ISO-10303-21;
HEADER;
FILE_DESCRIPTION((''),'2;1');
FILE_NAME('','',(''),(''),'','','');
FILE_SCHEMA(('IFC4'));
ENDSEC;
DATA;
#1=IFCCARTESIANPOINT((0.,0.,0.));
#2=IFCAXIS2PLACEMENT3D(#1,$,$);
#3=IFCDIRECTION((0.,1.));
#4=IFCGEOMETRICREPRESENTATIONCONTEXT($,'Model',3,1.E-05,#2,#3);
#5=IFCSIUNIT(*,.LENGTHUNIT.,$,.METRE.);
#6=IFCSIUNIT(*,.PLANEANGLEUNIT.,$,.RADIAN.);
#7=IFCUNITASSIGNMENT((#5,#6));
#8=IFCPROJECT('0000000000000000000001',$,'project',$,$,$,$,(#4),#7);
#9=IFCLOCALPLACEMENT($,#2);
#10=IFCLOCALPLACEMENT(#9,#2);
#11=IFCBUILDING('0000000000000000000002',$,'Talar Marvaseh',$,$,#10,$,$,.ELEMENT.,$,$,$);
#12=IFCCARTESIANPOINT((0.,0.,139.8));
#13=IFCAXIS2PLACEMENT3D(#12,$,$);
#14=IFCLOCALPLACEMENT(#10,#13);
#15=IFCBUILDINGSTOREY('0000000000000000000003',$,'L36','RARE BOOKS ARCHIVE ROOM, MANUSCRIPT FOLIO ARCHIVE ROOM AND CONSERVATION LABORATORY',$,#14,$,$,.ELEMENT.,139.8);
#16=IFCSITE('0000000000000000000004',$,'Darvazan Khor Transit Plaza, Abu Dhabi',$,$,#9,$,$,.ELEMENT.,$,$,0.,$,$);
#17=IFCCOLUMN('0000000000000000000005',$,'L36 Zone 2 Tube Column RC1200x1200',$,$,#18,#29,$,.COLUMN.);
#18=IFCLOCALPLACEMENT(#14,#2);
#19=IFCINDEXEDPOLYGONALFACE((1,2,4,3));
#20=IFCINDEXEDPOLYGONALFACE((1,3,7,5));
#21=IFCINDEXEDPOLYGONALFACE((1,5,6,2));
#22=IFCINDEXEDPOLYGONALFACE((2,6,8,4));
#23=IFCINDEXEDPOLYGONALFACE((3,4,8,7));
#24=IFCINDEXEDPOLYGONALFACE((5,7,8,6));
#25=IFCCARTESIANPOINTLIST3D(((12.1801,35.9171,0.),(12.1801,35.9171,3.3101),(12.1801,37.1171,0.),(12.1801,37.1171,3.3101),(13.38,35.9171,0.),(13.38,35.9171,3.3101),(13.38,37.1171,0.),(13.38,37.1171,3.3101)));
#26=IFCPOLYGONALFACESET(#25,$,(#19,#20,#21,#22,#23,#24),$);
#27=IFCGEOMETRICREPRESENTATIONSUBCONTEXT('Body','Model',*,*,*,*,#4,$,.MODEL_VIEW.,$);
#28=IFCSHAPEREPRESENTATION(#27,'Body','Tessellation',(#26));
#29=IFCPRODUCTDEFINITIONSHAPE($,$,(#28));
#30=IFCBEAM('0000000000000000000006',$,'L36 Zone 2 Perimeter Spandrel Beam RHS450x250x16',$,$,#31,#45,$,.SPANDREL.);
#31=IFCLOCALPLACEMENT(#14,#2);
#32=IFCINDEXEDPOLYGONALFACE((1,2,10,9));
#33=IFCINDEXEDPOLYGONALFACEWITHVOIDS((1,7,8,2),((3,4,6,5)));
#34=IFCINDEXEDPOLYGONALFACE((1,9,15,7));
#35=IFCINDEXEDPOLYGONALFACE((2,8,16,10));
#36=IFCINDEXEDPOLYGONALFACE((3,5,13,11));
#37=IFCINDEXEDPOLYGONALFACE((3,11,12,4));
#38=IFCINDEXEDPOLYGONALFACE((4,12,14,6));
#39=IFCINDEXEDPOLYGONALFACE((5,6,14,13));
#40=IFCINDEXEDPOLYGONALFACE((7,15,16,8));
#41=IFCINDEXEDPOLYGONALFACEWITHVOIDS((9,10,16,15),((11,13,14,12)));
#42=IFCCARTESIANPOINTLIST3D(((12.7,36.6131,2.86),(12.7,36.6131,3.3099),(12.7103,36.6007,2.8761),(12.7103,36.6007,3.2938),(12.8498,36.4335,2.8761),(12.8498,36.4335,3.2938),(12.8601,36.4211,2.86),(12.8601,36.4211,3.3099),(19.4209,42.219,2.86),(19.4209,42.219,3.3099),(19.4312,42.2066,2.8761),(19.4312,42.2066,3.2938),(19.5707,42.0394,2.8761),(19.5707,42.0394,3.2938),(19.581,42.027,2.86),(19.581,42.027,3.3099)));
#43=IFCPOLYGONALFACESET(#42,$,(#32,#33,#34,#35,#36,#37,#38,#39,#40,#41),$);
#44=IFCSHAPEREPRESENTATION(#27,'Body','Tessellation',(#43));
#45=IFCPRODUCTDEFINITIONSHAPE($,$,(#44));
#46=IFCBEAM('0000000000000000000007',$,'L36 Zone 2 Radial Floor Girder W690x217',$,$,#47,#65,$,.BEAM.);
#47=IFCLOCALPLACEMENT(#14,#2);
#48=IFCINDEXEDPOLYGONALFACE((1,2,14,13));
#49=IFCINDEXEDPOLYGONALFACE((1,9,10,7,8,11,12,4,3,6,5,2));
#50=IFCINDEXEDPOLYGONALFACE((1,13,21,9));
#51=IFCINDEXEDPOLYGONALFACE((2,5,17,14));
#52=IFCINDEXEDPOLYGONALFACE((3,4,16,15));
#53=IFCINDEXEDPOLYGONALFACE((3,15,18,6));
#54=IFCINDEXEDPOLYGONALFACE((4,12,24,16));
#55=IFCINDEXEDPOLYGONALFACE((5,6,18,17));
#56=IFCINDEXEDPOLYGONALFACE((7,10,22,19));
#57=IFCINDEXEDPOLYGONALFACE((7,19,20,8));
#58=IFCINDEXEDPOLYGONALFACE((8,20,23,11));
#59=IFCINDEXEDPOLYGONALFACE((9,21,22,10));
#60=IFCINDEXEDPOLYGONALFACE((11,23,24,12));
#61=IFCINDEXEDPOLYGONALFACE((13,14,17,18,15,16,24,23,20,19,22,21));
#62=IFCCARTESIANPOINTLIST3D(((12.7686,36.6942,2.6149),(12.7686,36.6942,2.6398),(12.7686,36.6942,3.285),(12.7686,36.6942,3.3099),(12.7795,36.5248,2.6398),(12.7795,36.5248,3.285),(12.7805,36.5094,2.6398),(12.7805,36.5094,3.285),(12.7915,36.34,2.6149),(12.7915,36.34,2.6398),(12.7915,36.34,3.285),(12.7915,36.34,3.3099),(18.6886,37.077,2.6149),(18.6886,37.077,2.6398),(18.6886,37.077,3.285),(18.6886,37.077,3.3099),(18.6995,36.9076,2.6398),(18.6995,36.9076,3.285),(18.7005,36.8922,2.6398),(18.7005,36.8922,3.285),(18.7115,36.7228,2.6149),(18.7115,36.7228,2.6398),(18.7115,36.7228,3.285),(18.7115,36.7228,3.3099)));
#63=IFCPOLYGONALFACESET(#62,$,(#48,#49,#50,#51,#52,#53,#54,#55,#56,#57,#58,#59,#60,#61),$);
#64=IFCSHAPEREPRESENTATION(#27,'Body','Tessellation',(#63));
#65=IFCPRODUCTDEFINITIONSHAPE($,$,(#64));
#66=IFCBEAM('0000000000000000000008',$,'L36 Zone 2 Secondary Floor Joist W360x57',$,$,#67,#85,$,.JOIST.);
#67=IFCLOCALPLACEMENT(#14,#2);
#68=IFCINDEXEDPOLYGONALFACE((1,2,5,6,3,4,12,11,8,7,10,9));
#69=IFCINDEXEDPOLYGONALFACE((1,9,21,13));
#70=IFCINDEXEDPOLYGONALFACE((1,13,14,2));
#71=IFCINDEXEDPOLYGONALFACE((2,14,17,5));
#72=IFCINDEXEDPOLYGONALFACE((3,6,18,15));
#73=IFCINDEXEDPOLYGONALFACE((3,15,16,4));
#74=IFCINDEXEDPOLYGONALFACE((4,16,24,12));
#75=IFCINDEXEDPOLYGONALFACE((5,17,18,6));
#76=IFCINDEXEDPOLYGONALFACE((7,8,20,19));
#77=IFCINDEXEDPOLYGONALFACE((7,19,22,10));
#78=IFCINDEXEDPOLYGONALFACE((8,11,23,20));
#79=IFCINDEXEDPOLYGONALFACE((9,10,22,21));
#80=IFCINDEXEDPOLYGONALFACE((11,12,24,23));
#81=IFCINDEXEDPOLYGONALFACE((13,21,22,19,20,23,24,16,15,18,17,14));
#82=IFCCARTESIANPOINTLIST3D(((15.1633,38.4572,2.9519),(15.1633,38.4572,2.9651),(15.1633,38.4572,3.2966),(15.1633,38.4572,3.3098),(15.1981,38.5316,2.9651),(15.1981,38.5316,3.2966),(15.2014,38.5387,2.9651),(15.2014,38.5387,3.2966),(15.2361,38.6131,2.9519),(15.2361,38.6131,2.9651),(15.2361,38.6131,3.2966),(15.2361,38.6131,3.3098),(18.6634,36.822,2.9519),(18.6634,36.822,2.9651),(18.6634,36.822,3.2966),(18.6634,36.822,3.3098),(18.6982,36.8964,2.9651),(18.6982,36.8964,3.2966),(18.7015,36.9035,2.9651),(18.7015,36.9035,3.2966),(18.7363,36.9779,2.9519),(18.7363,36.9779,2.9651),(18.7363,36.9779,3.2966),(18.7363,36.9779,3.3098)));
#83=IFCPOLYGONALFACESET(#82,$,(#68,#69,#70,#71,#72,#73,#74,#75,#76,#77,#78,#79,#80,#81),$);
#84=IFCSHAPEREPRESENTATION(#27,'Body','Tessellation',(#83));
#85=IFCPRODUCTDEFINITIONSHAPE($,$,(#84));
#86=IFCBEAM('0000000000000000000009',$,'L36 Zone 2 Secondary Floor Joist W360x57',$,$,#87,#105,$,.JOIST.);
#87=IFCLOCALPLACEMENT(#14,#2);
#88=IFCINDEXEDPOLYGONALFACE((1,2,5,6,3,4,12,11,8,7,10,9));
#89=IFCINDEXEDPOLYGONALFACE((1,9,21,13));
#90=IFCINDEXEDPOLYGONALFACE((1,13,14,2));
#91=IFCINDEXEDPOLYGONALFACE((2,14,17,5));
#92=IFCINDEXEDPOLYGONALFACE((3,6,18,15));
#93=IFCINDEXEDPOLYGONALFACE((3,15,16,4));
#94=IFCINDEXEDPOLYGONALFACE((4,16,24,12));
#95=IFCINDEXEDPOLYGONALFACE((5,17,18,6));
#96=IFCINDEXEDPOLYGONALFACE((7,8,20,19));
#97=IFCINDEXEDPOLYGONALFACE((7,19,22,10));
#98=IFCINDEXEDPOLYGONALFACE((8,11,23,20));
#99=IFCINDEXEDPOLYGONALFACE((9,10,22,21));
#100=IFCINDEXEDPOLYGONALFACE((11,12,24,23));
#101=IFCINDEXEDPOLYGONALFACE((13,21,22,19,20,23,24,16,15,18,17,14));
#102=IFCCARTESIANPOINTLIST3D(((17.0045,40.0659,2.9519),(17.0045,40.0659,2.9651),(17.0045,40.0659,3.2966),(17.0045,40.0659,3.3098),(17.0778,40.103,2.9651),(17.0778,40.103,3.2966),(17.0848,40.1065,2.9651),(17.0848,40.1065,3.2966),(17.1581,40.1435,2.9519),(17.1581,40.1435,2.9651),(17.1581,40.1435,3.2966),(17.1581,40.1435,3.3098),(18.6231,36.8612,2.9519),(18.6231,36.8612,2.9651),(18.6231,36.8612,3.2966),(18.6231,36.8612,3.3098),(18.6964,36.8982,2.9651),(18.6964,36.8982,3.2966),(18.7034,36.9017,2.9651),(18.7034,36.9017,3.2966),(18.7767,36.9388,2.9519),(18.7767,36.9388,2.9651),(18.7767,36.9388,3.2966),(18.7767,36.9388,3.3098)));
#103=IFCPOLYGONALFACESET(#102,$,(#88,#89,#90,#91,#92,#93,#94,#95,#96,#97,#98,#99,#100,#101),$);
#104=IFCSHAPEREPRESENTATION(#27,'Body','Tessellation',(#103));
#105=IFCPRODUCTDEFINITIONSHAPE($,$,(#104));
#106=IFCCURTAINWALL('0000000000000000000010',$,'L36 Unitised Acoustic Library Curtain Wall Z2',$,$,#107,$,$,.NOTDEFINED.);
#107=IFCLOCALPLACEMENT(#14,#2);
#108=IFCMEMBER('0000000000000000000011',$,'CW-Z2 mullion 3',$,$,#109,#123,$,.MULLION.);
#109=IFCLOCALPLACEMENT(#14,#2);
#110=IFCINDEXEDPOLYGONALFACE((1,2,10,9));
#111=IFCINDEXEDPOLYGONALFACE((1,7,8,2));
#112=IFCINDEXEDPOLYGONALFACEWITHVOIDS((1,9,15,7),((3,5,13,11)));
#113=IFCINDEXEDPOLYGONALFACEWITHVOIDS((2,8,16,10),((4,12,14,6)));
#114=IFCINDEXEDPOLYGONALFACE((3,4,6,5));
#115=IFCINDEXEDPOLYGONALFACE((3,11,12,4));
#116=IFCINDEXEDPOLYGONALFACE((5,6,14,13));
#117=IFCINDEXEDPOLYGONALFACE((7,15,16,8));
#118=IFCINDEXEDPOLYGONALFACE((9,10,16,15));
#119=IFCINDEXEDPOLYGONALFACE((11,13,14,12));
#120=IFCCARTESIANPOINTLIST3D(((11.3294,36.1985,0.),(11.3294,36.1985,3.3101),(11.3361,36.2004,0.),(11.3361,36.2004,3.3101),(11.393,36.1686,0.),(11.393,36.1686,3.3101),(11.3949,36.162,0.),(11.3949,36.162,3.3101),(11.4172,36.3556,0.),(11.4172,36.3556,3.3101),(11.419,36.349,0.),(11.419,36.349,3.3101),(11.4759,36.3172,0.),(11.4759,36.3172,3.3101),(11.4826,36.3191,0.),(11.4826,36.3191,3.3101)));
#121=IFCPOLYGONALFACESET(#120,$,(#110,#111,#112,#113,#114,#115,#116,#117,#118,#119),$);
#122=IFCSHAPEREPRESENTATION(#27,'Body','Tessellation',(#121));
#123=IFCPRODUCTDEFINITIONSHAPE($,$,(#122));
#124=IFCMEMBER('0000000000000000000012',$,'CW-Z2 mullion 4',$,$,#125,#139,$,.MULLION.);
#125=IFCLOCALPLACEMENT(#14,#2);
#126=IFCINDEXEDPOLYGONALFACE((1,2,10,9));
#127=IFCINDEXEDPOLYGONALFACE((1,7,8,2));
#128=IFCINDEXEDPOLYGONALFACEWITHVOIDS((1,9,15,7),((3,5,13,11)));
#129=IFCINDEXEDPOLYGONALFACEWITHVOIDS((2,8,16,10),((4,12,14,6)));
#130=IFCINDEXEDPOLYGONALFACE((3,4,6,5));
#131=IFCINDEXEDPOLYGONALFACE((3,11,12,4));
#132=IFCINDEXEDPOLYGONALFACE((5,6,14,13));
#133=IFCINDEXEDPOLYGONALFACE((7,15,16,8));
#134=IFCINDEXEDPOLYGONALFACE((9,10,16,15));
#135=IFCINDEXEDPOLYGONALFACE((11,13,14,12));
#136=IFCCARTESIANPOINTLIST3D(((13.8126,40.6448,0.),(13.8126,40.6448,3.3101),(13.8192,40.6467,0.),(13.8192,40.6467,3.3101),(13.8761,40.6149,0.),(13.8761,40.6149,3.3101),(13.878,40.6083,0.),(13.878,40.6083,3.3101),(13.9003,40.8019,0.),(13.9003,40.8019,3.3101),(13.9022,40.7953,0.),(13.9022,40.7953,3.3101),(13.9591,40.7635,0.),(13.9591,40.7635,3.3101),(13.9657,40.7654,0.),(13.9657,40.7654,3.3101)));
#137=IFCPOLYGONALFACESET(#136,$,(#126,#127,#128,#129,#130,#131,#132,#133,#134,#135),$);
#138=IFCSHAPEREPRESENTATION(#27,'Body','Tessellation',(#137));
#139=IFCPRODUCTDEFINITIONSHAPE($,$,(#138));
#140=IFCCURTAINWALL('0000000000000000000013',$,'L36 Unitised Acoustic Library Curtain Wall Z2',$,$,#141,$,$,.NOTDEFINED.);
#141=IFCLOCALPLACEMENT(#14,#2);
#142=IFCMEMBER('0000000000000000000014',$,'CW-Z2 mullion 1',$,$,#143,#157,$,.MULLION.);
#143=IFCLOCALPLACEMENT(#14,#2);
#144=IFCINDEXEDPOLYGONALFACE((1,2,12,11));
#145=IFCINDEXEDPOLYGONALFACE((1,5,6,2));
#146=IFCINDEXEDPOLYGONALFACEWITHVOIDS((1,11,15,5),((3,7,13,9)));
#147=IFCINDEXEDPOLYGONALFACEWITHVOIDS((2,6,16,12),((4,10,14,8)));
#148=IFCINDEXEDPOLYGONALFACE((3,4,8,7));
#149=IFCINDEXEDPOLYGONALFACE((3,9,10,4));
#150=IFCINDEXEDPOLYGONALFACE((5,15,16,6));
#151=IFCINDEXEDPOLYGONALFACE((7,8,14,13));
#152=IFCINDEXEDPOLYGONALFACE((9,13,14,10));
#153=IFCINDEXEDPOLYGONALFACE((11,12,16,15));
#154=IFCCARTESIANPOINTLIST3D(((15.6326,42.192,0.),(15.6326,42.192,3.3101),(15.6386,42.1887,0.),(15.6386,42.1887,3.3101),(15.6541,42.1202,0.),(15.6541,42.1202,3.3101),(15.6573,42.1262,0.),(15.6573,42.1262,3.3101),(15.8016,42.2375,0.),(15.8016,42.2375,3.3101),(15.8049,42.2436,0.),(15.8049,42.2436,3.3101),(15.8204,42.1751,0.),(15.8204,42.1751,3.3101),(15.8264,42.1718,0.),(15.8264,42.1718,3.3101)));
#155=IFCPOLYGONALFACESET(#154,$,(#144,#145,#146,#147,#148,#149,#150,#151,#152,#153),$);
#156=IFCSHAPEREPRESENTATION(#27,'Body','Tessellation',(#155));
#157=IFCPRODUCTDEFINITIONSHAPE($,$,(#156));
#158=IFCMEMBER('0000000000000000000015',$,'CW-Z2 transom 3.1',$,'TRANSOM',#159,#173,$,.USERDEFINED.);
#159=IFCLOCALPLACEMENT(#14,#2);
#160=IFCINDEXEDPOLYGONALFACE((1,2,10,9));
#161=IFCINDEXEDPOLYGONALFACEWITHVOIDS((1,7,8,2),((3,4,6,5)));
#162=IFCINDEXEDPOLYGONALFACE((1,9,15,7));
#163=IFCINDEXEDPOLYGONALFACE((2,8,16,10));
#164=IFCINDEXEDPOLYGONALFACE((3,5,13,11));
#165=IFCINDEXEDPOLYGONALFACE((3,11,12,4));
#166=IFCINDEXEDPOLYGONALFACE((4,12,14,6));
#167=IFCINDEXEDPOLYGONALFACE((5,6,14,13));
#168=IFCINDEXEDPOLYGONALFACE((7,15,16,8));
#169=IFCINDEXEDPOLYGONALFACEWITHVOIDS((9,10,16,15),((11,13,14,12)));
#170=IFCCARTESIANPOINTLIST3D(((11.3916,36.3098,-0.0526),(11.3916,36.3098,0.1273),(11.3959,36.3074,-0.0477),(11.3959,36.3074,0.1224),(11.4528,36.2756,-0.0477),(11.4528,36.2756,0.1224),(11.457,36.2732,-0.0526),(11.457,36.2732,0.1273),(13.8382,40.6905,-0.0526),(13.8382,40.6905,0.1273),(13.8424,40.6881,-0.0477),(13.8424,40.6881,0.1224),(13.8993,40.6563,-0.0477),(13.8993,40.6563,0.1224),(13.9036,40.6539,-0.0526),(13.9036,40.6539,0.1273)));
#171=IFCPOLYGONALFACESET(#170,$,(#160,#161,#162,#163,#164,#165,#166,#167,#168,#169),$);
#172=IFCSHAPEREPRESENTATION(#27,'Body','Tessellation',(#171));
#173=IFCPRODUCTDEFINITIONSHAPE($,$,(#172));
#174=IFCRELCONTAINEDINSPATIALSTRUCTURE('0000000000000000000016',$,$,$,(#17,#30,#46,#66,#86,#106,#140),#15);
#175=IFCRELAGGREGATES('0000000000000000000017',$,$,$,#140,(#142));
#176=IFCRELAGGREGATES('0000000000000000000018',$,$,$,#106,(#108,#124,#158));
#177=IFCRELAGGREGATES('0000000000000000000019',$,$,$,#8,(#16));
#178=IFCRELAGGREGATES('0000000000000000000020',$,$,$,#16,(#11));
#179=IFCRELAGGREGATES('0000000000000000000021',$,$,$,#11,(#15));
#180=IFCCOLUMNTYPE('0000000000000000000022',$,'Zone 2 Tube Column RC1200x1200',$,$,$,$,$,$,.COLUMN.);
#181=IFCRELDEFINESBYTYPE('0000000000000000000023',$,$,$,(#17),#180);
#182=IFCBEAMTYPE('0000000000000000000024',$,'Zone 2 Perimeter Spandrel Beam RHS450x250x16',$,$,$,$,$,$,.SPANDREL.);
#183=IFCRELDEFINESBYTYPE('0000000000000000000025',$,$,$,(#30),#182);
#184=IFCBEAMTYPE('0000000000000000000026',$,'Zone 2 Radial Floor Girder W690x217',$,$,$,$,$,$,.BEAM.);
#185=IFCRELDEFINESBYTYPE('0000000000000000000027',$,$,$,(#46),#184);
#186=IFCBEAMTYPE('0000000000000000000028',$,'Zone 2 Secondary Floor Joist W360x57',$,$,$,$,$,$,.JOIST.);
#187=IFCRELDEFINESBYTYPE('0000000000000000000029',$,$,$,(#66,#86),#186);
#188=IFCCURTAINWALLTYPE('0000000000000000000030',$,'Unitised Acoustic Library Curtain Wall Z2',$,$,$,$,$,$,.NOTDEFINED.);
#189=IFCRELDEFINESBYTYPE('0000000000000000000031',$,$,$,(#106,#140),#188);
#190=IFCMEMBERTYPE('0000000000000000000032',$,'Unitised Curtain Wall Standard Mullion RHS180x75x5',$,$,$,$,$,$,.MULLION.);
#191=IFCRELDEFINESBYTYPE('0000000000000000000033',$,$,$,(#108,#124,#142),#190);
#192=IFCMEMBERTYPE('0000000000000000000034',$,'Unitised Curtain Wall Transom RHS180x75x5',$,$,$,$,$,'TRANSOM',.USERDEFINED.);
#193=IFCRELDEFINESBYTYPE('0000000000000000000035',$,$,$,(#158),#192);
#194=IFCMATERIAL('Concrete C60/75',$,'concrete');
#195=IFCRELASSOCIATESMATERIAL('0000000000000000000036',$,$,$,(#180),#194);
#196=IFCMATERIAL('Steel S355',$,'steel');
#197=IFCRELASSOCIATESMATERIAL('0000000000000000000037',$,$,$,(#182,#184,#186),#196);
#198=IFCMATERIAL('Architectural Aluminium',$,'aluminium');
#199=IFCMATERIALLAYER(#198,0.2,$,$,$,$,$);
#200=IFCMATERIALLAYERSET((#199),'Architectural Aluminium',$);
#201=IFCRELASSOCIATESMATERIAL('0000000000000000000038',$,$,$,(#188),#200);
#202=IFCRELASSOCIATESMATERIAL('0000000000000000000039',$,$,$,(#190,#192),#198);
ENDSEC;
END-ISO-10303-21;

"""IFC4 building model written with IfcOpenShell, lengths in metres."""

from ifc_helpers import new_model, si_unit, direction, frame, origin, origin_2d, place, context, subcontext, project, spatial, rectangle, hollow_rectangle, i_section, extrude, source, transform, mapped, material, layer, layer_set, material_profile, profile_set, type_object, type_shapes, element, aggregate, save


model = new_model("IFC4")

# Units and contexts
model_context = context("Model", 3, precision=1e-05, world=origin(), true_north=direction((0.0, 1.0)))
body_context = subcontext(model_context, "Body", "Model", "MODEL_VIEW")
ifc_project = project(units=[si_unit("LENGTHUNIT", "METRE"), si_unit("PLANEANGLEUNIT", "RADIAN")], contexts=[model_context])

# Site, building, storey
site_placement = place(None, origin())
site = spatial("IfcSite", under=ifc_project, at=site_placement, Name="Darvazan Khor Transit Plaza, Abu Dhabi", CompositionType="ELEMENT", RefElevation=0.0)
building_placement = place(site_placement, origin())
building = spatial("IfcBuilding", under=site, at=building_placement, Name="Talar Marvaseh", CompositionType="ELEMENT")
storey_placement = place(building_placement, frame((0.0, 0.0, 139.8)))
storey = spatial("IfcBuildingStorey", under=building, at=storey_placement, Name="L36", Description="RARE BOOKS ARCHIVE ROOM, MANUSCRIPT FOLIO ARCHIVE ROOM AND CONSERVATION LABORATORY", CompositionType="ELEMENT", Elevation=139.8)

# Column
ifc_material_1 = material(Name="Concrete C60/75", Category="concrete")
ifc_material_profile_1 = material_profile(ifc_material_1, rectangle(XDim=1.2, YDim=1.2, at=origin_2d()), Name="RC1200x1200")
ifc_profile_set_1 = profile_set([ifc_material_profile_1], Name="Concrete C60/75")
column_type = type_object("IfcColumnType", Name="Zone 2 Tube Column RC1200x1200", PredefinedType="COLUMN", material=ifc_profile_set_1)
column_placement = place(storey_placement, frame((12.78, 36.5171, 0.0), z_axis=(0.0, 0.0, 1.0), x_axis=(1.0, 0.0, 0.0)))
element("IfcColumn", 1, at=column_placement, inside=storey, type_object=column_type, Name="L36 Zone 2 Tube Column RC1200x1200", PredefinedType="COLUMN", context=body_context, shape_type="SweptSolid", body=[
    extrude(rectangle(XDim=1.2, YDim=1.2, at=origin_2d()), origin(), (0.0, 0.0, 1.0), 3.3101),
])

# Beams
ifc_material_2 = material(Name="Steel S355", Category="steel")
ifc_material_profile_2 = material_profile(ifc_material_2, hollow_rectangle(XDim=0.25, YDim=0.45, WallThickness=0.0161, at=origin_2d()), Name="RHS450x250x16")
ifc_profile_set_2 = profile_set([ifc_material_profile_2], Name="Steel S355")
beam_type_1 = type_object("IfcBeamType", Name="Zone 2 Perimeter Spandrel Beam RHS450x250x16", PredefinedType="SPANDREL", material=ifc_profile_set_2)
beam_1_placement = place(storey_placement, frame((12.78, 36.5171, 3.085), z_axis=(0.767931, 0.640533, 0.0), x_axis=(-0.640533, 0.767931, 0.0)))
element("IfcBeam", 2, at=beam_1_placement, inside=storey, type_object=beam_type_1, Name="L36 Zone 2 Perimeter Spandrel Beam RHS450x250x16", PredefinedType="SPANDREL", context=body_context, shape_type="SweptSolid", body=[
    extrude(hollow_rectangle(XDim=0.25, YDim=0.45, WallThickness=0.0161, at=origin_2d()), origin(), (0.0, 0.0, 1.0), 8.752),
])
ifc_material_profile_3 = material_profile(ifc_material_2, i_section(OverallWidth=0.355, OverallDepth=0.6951, WebThickness=0.0154, FlangeThickness=0.0249, at=origin_2d()), Name="W690x217")
ifc_profile_set_3 = profile_set([ifc_material_profile_3], Name="Steel S355")
beam_type_2 = type_object("IfcBeamType", Name="Zone 2 Radial Floor Girder W690x217", PredefinedType="BEAM", material=ifc_profile_set_3)
beam_2_placement = place(storey_placement, frame((12.78, 36.5171, 2.9624), z_axis=(0.997916, 0.06453, 0.0), x_axis=(-0.06453, 0.997916, 0.0)))
element("IfcBeam", 3, at=beam_2_placement, inside=storey, type_object=beam_type_2, Name="L36 Zone 2 Radial Floor Girder W690x217", PredefinedType="BEAM", context=body_context, shape_type="SweptSolid", body=[
    extrude(i_section(OverallWidth=0.355, OverallDepth=0.6951, WebThickness=0.0154, FlangeThickness=0.0249, at=origin_2d()), origin(), (0.0, 0.0, 1.0), 5.9324),
])
ifc_material_profile_4 = material_profile(ifc_material_2, i_section(OverallWidth=0.1721, OverallDepth=0.3579, WebThickness=0.0078, FlangeThickness=0.0132, at=origin_2d()), Name="W360x57")
ifc_profile_set_4 = profile_set([ifc_material_profile_4], Name="Steel S355")
beam_type_3 = type_object("IfcBeamType", Name="Zone 2 Secondary Floor Joist W360x57", PredefinedType="JOIST", material=ifc_profile_set_4)
beam_3_placement = place(storey_placement, frame((15.1997, 38.5352, 3.1309), z_axis=(0.906004, -0.423269, 0.0), x_axis=(0.423269, 0.906004, 0.0)))
element("IfcBeam", 4, at=beam_3_placement, inside=storey, type_object=beam_type_3, Name="L36 Zone 2 Secondary Floor Joist W360x57", PredefinedType="JOIST", context=body_context, shape_type="SweptSolid", body=[
    extrude(i_section(OverallWidth=0.1721, OverallDepth=0.3579, WebThickness=0.0078, FlangeThickness=0.0132, at=origin_2d()), origin(), (0.0, 0.0, 1.0), 3.8633),
])
beam_4_placement = place(storey_placement, frame((17.0813, 40.1047, 3.1309), z_axis=(0.450827, -0.892611, 0.0), x_axis=(0.892611, 0.450827, 0.0)))
element("IfcBeam", 5, at=beam_4_placement, inside=storey, type_object=beam_type_3, Name="L36 Zone 2 Secondary Floor Joist W360x57", PredefinedType="JOIST", context=body_context, shape_type="SweptSolid", body=[
    extrude(i_section(OverallWidth=0.1721, OverallDepth=0.3579, WebThickness=0.0078, FlangeThickness=0.0132, at=origin_2d()), origin(), (0.0, 0.0, 1.0), 3.5903),
])

# Curtain wall, members
ifc_material_3 = material(Name="Architectural Aluminium", Category="aluminium")
ifc_layer_1 = layer(ifc_material_3, 0.2)
ifc_layer_set_1 = layer_set([ifc_layer_1], Name="Architectural Aluminium")
curtain_wall_type = type_object("IfcCurtainWallType", Name="Unitised Acoustic Library Curtain Wall Z2", PredefinedType="NOTDEFINED", material=ifc_layer_set_1)
curtain_wall_1_placement = place(storey_placement, origin())
curtain_wall_1 = element("IfcCurtainWall", 6, at=curtain_wall_1_placement, inside=storey, type_object=curtain_wall_type, Name="L36 Unitised Acoustic Library Curtain Wall Z2", PredefinedType="NOTDEFINED")
ifc_material_profile_5 = material_profile(ifc_material_3, hollow_rectangle(XDim=0.075, YDim=0.1799, WallThickness=0.0049, at=origin_2d()), Name="RHS180x75x5")
ifc_profile_set_5 = profile_set([ifc_material_profile_5], Name="Architectural Aluminium")
member_type_1 = type_object("IfcMemberType", Name="Unitised Curtain Wall Standard Mullion RHS180x75x5", PredefinedType="MULLION", material=ifc_profile_set_5)
shared_shape_1 = source(origin(), body_context, "Body", "SweptSolid", [
    extrude(hollow_rectangle(XDim=0.075, YDim=0.1799, WallThickness=0.0049, at=origin_2d()), origin(), (0.0, 0.0, 1.0), 3.3101),
])
type_shapes(member_type_1, [shared_shape_1])
member_1_placement = place(storey_placement, frame((11.406, 36.2588, 0.0), z_axis=(0.0, 0.0, 1.0), x_axis=(-0.873076, 0.487584, 0.0)))
member_1 = element("IfcMember", 7, at=member_1_placement, type_object=member_type_1, Name="CW-Z2 mullion 3", PredefinedType="MULLION", context=body_context, shape_type="MappedRepresentation", body=[
    mapped(shared_shape_1, transform((0.0, 0.0, 0.0), x_axis=(1.0, 0.0, 0.0), y_axis=(0.0, 1.0, 0.0), z_axis=(0.0, 0.0, 1.0), scale=1.0)),
])
member_2_placement = place(storey_placement, frame((13.8892, 40.7051, 0.0), z_axis=(0.0, 0.0, 1.0), x_axis=(-0.873076, 0.487584, 0.0)))
member_2 = element("IfcMember", 8, at=member_2_placement, type_object=member_type_1, Name="CW-Z2 mullion 4", PredefinedType="MULLION", context=body_context, shape_type="MappedRepresentation", body=[
    mapped(shared_shape_1, transform((0.0, 0.0, 0.0), x_axis=(1.0, 0.0, 0.0), y_axis=(0.0, 1.0, 0.0), z_axis=(0.0, 0.0, 1.0), scale=1.0)),
])

# Curtain wall, member
curtain_wall_2_placement = place(storey_placement, origin())
curtain_wall_2 = element("IfcCurtainWall", 9, at=curtain_wall_2_placement, inside=storey, type_object=curtain_wall_type, Name="L36 Unitised Acoustic Library Curtain Wall Z2", PredefinedType="NOTDEFINED")
member_3_placement = place(storey_placement, frame((15.7295, 42.1819, 0.0), z_axis=(0.0, 0.0, 1.0), x_axis=(-0.287061, 0.957912, 0.0)))
member_3 = element("IfcMember", 10, at=member_3_placement, type_object=member_type_1, Name="CW-Z2 mullion 1", PredefinedType="MULLION", context=body_context, shape_type="MappedRepresentation", body=[
    mapped(shared_shape_1, transform((0.0, 0.0, 0.0), x_axis=(1.0, 0.0, 0.0), y_axis=(0.0, 1.0, 0.0), z_axis=(0.0, 0.0, 1.0), scale=1.0)),
])

# Member
ifc_material_profile_6 = material_profile(ifc_material_3, hollow_rectangle(XDim=0.075, YDim=0.1799, WallThickness=0.0049, at=origin_2d()), Name="RHS180x75x5")
ifc_profile_set_6 = profile_set([ifc_material_profile_6], Name="Architectural Aluminium")
member_type_2 = type_object("IfcMemberType", Name="Unitised Curtain Wall Transom RHS180x75x5", ElementType="TRANSOM", PredefinedType="USERDEFINED", material=ifc_profile_set_6)
shared_shape_2 = source(origin(), body_context, "Body", "SweptSolid", [
    extrude(hollow_rectangle(XDim=0.075, YDim=0.1799, WallThickness=0.0049, at=origin_2d()), origin(), (0.0, 0.0, 1.0), 5.0176),
])
type_shapes(member_type_2, [shared_shape_2])
member_4_placement = place(storey_placement, frame((11.4243, 36.2915, 0.0374), z_axis=(0.4876, 0.873067, 0.0), x_axis=(-0.873067, 0.4876, 0.0)))
member_4 = element("IfcMember", 11, at=member_4_placement, type_object=member_type_2, Name="CW-Z2 transom 3.1", ObjectType="TRANSOM", PredefinedType="USERDEFINED", context=body_context, shape_type="MappedRepresentation", body=[
    mapped(shared_shape_2, transform((0.0, 0.0, 0.0), x_axis=(1.0, 0.0, 0.0), y_axis=(0.0, 1.0, 0.0), z_axis=(0.0, 0.0, 1.0), scale=1.0)),
])
aggregate(curtain_wall_2, [member_3])

aggregate(curtain_wall_1, [member_1, member_2, member_4])

save(model, "model.ifc")
